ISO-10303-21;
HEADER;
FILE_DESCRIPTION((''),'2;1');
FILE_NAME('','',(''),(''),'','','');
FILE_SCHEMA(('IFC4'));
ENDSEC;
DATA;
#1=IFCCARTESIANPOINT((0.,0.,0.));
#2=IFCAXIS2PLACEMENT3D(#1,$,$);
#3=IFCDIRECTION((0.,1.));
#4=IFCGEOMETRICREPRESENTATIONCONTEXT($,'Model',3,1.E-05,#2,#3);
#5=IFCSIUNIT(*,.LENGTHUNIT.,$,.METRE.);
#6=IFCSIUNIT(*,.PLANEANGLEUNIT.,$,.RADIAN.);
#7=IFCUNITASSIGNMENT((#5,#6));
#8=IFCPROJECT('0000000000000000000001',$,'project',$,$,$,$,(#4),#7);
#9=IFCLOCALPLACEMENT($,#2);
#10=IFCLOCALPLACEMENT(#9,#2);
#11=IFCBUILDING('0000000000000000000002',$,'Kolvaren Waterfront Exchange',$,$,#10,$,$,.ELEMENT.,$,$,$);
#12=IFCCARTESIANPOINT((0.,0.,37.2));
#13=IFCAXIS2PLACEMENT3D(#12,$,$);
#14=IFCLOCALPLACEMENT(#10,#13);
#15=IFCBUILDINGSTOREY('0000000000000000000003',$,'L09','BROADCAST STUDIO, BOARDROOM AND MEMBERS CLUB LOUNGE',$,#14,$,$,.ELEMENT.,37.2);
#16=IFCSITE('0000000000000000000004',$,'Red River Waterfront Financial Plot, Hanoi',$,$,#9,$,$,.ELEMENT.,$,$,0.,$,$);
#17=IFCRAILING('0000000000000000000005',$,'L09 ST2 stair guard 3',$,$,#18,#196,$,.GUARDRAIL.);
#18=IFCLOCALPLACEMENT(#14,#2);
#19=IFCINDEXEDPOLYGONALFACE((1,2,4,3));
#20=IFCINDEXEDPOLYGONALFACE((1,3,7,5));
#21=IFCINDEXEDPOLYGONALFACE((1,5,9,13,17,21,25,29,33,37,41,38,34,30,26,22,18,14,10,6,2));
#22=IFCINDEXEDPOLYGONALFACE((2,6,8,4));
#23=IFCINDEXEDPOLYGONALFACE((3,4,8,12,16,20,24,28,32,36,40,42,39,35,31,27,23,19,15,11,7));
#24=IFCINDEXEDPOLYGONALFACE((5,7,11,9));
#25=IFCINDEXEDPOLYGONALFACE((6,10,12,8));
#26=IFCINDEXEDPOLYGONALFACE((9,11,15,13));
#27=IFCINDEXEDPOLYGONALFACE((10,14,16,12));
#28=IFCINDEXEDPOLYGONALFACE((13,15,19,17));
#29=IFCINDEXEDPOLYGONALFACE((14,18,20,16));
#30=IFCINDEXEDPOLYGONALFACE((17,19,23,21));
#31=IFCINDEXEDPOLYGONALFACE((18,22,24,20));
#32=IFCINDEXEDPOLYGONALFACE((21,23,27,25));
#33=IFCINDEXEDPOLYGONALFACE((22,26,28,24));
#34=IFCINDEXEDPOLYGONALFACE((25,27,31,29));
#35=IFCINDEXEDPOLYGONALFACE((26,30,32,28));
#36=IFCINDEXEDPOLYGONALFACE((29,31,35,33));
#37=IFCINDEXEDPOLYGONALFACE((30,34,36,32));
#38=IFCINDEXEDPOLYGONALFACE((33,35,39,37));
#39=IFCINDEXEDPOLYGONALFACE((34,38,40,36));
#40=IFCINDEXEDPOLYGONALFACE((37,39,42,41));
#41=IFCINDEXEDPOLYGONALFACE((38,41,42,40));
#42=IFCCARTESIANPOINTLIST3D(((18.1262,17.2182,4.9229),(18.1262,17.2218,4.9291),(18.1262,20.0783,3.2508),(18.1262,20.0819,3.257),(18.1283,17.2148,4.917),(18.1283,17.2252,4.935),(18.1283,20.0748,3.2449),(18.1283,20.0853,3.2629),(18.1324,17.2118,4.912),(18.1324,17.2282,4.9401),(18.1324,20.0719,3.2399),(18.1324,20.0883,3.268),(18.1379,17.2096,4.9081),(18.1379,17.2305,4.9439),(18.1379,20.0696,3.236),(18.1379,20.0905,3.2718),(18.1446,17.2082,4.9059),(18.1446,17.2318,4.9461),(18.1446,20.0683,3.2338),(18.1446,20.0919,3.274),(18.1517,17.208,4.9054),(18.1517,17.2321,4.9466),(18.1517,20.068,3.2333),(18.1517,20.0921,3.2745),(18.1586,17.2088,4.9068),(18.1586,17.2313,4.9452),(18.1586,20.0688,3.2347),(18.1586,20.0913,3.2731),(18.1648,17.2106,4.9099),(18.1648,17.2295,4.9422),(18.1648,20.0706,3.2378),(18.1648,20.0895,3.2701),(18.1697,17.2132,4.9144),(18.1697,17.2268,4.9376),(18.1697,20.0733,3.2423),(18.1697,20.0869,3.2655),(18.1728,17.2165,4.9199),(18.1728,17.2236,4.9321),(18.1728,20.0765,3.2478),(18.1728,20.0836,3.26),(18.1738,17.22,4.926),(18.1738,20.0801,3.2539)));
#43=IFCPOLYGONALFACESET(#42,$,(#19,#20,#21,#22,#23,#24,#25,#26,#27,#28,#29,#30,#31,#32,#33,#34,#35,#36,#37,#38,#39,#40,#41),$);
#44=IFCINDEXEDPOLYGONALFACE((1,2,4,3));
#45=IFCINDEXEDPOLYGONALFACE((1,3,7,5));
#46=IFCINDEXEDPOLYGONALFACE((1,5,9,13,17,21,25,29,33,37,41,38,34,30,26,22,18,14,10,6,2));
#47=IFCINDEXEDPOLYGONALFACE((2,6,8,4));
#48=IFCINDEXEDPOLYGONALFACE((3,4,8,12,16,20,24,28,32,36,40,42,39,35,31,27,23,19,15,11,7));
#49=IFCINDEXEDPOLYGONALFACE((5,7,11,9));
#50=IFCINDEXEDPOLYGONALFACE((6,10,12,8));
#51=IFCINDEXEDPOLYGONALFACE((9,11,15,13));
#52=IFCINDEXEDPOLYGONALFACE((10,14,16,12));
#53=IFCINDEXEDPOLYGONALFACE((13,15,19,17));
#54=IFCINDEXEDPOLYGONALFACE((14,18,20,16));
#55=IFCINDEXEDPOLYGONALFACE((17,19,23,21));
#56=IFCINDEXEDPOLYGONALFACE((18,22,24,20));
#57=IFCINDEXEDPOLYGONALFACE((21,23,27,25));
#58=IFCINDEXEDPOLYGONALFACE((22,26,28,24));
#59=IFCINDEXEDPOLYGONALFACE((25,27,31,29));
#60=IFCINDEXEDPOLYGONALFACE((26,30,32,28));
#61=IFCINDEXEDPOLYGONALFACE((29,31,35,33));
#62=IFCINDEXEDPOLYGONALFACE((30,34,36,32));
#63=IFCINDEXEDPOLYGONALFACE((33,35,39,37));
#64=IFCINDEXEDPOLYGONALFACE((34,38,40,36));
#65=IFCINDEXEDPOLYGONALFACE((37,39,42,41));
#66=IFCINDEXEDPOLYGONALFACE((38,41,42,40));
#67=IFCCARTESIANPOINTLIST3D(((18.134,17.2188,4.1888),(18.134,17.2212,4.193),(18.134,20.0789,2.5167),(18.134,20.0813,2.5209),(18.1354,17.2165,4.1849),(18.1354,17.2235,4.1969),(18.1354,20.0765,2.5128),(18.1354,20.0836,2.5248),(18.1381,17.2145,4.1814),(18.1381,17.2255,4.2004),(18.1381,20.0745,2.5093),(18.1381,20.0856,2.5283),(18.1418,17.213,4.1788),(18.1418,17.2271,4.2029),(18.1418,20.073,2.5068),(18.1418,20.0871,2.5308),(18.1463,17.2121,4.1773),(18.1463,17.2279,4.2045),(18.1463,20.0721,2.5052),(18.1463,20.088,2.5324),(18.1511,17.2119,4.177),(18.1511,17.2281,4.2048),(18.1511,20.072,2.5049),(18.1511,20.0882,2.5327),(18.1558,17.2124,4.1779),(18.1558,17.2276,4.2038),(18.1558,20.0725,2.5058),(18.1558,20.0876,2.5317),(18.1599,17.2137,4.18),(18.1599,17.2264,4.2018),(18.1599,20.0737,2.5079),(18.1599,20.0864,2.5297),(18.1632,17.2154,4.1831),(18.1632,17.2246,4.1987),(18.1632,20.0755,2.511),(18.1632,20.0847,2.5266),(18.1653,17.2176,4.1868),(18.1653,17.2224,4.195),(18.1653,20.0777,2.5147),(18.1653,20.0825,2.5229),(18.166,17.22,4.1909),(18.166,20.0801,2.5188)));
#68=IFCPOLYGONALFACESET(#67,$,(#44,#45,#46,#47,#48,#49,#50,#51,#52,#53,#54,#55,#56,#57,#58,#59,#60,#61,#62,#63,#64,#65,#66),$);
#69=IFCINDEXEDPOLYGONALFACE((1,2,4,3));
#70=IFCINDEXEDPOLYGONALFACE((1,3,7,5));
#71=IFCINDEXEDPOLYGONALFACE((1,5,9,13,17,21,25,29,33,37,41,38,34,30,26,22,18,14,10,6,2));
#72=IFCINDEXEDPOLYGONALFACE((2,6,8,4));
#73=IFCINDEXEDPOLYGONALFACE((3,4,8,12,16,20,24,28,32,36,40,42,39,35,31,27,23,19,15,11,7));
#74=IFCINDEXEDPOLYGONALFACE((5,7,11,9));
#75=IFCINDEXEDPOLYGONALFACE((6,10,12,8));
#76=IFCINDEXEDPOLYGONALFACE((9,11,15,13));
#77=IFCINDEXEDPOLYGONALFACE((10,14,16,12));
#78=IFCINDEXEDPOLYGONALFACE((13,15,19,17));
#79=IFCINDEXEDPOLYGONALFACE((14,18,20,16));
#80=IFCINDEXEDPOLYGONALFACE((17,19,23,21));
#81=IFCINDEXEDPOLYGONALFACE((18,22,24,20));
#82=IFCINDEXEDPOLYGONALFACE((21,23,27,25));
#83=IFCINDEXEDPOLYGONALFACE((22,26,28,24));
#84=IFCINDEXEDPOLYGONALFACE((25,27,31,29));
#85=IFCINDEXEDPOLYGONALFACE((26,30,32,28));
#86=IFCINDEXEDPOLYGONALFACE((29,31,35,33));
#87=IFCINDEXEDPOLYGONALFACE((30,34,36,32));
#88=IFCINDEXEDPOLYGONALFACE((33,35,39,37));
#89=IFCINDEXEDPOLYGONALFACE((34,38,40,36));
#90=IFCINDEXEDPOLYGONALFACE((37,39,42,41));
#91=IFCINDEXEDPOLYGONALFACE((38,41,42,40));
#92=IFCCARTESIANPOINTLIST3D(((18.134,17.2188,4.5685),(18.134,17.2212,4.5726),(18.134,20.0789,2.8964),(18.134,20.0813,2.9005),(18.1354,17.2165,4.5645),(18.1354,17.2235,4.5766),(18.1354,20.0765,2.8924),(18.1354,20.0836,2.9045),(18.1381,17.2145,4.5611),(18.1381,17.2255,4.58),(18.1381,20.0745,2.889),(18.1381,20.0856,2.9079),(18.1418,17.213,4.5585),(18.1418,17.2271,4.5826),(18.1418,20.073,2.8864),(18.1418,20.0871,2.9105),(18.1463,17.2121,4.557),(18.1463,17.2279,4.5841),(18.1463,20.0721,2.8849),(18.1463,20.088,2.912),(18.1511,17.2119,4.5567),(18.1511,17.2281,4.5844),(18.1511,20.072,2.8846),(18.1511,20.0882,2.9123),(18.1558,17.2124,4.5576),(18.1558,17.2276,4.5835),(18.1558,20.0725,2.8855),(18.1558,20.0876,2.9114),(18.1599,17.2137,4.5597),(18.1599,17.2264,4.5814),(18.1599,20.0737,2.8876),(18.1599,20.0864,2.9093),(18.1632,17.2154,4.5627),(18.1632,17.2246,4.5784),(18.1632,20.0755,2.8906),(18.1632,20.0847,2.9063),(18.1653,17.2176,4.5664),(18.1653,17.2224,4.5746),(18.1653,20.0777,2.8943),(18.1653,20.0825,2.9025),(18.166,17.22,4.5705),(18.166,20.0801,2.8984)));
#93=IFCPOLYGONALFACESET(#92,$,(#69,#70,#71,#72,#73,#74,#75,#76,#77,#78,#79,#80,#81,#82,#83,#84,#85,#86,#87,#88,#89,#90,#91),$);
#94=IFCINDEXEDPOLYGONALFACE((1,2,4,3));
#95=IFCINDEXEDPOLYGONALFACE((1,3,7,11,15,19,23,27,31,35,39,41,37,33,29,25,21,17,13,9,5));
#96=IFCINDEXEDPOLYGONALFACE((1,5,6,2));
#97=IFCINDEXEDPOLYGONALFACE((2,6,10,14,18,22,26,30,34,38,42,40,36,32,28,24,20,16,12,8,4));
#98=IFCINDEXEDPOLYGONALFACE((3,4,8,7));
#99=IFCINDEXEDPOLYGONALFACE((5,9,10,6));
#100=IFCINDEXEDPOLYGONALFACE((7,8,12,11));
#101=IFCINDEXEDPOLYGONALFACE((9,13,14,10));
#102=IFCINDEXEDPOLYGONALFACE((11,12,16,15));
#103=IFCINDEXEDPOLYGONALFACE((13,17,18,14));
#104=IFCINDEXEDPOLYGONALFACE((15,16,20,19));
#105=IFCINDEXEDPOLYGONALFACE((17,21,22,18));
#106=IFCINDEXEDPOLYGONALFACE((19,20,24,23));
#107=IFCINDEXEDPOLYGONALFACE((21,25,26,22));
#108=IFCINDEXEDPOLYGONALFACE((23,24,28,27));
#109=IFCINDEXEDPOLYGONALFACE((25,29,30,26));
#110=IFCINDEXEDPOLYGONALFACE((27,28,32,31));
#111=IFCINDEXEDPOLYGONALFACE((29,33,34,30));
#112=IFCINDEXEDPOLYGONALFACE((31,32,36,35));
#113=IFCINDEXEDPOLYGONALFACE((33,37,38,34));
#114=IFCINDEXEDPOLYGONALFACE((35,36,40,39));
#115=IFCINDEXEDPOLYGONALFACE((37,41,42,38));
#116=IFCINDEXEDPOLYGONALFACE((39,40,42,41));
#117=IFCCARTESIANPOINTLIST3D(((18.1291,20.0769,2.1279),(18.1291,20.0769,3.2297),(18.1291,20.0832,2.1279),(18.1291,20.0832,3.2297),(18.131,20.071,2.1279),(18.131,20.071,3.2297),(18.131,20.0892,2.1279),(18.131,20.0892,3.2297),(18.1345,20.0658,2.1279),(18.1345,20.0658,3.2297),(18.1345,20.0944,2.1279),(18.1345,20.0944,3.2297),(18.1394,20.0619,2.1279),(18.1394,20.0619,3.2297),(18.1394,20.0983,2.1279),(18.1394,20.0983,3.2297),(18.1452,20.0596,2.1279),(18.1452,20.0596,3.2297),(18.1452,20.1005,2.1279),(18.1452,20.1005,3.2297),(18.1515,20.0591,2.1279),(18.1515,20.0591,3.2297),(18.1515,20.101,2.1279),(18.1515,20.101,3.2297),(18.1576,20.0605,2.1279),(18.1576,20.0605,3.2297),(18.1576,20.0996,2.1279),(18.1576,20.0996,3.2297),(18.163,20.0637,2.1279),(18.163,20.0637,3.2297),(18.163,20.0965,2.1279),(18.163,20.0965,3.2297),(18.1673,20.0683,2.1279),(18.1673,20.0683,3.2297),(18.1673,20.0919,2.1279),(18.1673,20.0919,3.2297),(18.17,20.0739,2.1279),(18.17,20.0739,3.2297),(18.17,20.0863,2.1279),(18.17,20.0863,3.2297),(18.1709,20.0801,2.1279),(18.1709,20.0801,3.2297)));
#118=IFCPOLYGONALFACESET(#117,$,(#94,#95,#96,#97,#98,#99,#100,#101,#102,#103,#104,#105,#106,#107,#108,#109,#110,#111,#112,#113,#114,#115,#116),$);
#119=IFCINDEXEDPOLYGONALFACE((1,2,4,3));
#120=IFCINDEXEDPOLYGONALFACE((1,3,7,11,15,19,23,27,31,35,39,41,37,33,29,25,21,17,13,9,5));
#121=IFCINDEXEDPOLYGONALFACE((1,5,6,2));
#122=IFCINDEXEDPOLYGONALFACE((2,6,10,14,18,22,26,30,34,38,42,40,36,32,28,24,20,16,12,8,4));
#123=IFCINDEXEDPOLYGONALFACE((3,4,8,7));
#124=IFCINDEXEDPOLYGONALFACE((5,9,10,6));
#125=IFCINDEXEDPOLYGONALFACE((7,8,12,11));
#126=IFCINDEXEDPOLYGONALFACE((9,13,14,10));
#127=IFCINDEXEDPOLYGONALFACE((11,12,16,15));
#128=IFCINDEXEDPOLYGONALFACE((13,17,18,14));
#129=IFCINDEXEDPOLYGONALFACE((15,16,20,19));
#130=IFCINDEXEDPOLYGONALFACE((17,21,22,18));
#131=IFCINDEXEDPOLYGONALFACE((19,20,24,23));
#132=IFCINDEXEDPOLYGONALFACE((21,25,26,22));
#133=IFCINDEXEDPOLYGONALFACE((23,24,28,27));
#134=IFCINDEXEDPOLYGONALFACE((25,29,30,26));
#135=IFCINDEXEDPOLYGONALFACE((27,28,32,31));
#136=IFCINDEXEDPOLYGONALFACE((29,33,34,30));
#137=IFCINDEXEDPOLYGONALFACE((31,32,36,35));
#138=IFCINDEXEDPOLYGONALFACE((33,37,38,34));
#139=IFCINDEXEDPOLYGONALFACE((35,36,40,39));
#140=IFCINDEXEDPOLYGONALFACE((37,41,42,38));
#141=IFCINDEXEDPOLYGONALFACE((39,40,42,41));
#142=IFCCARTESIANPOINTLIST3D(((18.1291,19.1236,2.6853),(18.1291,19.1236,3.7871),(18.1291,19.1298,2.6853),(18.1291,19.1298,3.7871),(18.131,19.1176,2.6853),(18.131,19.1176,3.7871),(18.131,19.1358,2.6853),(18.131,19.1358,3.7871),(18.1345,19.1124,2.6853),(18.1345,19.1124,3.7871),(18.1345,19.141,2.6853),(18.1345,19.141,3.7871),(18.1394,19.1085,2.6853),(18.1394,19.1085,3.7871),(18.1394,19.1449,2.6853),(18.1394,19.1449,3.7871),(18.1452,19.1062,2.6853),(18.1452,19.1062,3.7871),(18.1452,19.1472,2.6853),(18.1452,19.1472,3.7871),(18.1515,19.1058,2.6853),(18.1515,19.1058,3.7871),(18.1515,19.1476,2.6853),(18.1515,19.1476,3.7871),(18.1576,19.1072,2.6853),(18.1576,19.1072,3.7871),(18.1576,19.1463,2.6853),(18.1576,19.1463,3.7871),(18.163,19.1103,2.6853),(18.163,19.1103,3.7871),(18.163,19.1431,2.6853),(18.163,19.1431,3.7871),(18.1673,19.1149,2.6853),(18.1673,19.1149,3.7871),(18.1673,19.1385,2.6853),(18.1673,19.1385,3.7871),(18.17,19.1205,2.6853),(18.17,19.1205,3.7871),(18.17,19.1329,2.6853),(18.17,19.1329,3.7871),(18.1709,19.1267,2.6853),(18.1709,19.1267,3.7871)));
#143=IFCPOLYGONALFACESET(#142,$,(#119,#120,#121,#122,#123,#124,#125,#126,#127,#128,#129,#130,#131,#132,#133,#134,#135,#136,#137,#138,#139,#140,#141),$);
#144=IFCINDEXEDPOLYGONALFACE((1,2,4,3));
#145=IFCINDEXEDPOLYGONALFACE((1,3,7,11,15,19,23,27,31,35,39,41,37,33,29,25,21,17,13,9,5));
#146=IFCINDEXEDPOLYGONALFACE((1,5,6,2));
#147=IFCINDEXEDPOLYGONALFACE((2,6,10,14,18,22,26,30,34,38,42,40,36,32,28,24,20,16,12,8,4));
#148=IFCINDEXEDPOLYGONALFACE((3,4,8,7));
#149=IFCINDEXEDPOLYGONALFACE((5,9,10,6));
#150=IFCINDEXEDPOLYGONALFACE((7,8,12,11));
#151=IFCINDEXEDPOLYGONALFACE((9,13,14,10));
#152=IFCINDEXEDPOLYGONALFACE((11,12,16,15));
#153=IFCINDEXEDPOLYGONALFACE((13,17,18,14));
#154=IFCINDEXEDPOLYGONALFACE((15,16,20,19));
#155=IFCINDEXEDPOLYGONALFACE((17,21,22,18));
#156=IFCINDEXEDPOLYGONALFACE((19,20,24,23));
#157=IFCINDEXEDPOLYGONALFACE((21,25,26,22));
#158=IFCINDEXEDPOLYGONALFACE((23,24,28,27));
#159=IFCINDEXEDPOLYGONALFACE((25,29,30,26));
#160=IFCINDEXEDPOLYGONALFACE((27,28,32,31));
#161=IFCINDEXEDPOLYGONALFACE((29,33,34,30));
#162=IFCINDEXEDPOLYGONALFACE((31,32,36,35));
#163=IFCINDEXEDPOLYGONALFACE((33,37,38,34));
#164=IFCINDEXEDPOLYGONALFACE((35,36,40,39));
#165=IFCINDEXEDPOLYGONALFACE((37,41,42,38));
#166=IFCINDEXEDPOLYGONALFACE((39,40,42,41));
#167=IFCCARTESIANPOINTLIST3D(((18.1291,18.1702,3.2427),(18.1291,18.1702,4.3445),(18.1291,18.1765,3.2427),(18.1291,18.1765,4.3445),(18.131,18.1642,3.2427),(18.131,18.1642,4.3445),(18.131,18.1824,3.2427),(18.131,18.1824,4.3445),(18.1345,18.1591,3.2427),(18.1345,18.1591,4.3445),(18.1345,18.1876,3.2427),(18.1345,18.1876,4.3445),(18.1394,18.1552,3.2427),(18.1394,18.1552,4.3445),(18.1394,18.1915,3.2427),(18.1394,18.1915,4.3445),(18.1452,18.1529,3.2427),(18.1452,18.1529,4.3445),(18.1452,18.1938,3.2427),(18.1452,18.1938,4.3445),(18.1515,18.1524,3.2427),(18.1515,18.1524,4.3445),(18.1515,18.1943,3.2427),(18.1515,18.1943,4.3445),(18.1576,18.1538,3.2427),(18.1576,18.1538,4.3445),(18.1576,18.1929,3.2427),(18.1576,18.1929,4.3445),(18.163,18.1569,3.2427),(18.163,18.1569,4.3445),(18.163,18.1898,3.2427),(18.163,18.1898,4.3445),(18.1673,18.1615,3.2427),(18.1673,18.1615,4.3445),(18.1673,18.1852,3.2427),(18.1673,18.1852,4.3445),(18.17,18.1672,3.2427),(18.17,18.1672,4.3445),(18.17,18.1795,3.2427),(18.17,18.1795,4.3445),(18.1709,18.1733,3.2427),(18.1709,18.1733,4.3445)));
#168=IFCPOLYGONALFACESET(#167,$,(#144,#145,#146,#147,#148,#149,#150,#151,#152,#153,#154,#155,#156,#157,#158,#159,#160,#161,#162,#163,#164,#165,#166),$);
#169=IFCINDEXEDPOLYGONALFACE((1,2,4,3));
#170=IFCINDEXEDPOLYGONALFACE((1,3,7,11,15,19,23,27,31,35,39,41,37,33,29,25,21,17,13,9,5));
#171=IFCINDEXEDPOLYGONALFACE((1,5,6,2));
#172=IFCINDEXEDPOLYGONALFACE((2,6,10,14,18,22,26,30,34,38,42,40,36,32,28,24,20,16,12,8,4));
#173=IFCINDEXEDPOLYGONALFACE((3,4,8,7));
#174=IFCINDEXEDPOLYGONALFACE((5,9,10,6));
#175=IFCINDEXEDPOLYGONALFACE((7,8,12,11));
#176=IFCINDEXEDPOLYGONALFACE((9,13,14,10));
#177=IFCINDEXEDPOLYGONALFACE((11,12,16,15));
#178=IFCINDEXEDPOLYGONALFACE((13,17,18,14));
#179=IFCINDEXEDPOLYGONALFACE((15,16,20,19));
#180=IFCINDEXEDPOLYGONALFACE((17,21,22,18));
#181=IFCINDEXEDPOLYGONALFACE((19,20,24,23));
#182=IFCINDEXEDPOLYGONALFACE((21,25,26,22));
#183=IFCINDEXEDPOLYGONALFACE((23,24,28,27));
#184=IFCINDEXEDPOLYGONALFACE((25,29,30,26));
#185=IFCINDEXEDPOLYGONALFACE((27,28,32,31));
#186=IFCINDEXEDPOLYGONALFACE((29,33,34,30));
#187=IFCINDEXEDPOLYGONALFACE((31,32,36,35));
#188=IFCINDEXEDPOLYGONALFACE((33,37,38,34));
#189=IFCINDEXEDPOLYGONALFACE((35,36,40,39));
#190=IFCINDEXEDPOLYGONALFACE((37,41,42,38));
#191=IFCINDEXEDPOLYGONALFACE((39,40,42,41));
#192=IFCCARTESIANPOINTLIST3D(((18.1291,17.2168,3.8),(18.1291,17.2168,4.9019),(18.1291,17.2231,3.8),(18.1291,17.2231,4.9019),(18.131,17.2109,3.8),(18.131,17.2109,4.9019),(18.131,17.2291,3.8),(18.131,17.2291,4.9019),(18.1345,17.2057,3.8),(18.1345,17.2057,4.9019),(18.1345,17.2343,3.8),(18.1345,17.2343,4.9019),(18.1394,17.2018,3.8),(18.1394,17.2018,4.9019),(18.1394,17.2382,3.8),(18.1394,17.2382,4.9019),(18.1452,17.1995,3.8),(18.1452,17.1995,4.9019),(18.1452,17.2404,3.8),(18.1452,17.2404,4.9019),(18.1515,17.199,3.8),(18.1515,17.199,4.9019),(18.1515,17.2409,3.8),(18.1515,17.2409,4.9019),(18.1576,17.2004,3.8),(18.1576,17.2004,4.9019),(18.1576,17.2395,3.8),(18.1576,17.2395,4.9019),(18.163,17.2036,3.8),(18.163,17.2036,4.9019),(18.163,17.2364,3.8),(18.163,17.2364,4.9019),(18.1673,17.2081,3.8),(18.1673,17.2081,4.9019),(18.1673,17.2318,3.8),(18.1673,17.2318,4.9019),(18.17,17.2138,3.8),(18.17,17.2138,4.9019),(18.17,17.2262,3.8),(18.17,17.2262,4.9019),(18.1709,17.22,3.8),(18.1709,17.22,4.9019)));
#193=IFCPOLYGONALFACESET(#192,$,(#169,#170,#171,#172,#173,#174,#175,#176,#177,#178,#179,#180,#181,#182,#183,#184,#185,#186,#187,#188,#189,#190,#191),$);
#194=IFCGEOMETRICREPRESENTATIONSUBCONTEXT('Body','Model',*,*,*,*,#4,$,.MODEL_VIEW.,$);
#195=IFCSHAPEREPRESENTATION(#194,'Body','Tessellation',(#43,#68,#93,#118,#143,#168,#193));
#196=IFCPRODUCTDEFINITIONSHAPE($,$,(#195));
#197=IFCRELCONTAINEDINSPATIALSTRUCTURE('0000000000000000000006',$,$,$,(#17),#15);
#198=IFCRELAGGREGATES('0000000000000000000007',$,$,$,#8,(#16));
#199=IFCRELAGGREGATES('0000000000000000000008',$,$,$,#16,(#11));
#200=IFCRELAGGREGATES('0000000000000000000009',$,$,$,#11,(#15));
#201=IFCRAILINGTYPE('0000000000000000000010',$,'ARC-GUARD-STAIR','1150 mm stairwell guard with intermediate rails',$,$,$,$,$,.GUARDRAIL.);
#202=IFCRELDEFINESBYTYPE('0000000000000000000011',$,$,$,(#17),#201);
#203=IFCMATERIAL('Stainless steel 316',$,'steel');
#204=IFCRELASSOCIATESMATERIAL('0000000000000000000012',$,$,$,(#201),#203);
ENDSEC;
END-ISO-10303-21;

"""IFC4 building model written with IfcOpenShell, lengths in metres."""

from ifc_helpers import new_model, si_unit, direction, frame, origin, origin_2d, place, context, subcontext, project, spatial, circle, extrude, material, type_object, element, save


model = new_model("IFC4")

# Units and contexts
model_context = context("Model", 3, precision=1e-05, world=origin(), true_north=direction((0.0, 1.0)))
body_context = subcontext(model_context, "Body", "Model", "MODEL_VIEW")
ifc_project = project(units=[si_unit("LENGTHUNIT", "METRE"), si_unit("PLANEANGLEUNIT", "RADIAN")], contexts=[model_context])

# Site, building, storey
site_placement = place(None, origin())
site = spatial("IfcSite", under=ifc_project, at=site_placement, Name="Red River Waterfront Financial Plot, Hanoi", CompositionType="ELEMENT", RefElevation=0.0)
building_placement = place(site_placement, origin())
building = spatial("IfcBuilding", under=site, at=building_placement, Name="Kolvaren Waterfront Exchange", CompositionType="ELEMENT")
storey_placement = place(building_placement, frame((0.0, 0.0, 37.2)))
storey = spatial("IfcBuildingStorey", under=building, at=storey_placement, Name="L09", Description="BROADCAST STUDIO, BOARDROOM AND MEMBERS CLUB LOUNGE", CompositionType="ELEMENT", Elevation=37.2)

# Railing
ifc_material_1 = material(Name="Stainless steel 316", Category="steel")
railing_type_1 = type_object("IfcRailingType", Name="ARC-GUARD-STAIR", Description="1150 mm stairwell guard with intermediate rails", PredefinedType="GUARDRAIL", material=ifc_material_1)
railing_1_placement = place(storey_placement, frame((18.1499, 20.0801, 2.1279)))
element("IfcRailing", 1, at=railing_1_placement, inside=storey, type_object=railing_type_1, Name="L09 ST2 stair guard 3", PredefinedType="GUARDRAIL", context=body_context, shape_type="SweptSolid", body=[
    extrude(circle(Radius=0.0239, at=origin_2d()), frame((0.0, 0.0, 1.126), z_axis=(0.0, -0.863289, 0.504709), x_axis=(1.0, 0.0, 0.0)), (0.0, 0.0, 1.0), 3.313),
    extrude(circle(Radius=0.0161, at=origin_2d()), frame((0.0, 0.0, 0.3909), z_axis=(0.0, -0.863289, 0.504709), x_axis=(1.0, 0.0, 0.0)), (0.0, 0.0, 1.0), 3.313),
    extrude(circle(Radius=0.0161, at=origin_2d()), frame((0.0, 0.0, 0.7705), z_axis=(0.0, -0.863289, 0.504709), x_axis=(1.0, 0.0, 0.0)), (0.0, 0.0, 1.0), 3.313),
    extrude(circle(Radius=0.021, at=origin_2d()), origin(), (0.0, 0.0, 1.0), 1.1018),
    extrude(circle(Radius=0.021, at=origin_2d()), frame((0.0, -0.9534, 0.5574)), (0.0, 0.0, 1.0), 1.1018),
    extrude(circle(Radius=0.021, at=origin_2d()), frame((0.0, -1.9067, 1.1147)), (0.0, 0.0, 1.0), 1.1018),
    extrude(circle(Radius=0.021, at=origin_2d()), frame((0.0, -2.8601, 1.6721)), (0.0, 0.0, 1.0), 1.1018),
])

save(model, "model.ifc")
